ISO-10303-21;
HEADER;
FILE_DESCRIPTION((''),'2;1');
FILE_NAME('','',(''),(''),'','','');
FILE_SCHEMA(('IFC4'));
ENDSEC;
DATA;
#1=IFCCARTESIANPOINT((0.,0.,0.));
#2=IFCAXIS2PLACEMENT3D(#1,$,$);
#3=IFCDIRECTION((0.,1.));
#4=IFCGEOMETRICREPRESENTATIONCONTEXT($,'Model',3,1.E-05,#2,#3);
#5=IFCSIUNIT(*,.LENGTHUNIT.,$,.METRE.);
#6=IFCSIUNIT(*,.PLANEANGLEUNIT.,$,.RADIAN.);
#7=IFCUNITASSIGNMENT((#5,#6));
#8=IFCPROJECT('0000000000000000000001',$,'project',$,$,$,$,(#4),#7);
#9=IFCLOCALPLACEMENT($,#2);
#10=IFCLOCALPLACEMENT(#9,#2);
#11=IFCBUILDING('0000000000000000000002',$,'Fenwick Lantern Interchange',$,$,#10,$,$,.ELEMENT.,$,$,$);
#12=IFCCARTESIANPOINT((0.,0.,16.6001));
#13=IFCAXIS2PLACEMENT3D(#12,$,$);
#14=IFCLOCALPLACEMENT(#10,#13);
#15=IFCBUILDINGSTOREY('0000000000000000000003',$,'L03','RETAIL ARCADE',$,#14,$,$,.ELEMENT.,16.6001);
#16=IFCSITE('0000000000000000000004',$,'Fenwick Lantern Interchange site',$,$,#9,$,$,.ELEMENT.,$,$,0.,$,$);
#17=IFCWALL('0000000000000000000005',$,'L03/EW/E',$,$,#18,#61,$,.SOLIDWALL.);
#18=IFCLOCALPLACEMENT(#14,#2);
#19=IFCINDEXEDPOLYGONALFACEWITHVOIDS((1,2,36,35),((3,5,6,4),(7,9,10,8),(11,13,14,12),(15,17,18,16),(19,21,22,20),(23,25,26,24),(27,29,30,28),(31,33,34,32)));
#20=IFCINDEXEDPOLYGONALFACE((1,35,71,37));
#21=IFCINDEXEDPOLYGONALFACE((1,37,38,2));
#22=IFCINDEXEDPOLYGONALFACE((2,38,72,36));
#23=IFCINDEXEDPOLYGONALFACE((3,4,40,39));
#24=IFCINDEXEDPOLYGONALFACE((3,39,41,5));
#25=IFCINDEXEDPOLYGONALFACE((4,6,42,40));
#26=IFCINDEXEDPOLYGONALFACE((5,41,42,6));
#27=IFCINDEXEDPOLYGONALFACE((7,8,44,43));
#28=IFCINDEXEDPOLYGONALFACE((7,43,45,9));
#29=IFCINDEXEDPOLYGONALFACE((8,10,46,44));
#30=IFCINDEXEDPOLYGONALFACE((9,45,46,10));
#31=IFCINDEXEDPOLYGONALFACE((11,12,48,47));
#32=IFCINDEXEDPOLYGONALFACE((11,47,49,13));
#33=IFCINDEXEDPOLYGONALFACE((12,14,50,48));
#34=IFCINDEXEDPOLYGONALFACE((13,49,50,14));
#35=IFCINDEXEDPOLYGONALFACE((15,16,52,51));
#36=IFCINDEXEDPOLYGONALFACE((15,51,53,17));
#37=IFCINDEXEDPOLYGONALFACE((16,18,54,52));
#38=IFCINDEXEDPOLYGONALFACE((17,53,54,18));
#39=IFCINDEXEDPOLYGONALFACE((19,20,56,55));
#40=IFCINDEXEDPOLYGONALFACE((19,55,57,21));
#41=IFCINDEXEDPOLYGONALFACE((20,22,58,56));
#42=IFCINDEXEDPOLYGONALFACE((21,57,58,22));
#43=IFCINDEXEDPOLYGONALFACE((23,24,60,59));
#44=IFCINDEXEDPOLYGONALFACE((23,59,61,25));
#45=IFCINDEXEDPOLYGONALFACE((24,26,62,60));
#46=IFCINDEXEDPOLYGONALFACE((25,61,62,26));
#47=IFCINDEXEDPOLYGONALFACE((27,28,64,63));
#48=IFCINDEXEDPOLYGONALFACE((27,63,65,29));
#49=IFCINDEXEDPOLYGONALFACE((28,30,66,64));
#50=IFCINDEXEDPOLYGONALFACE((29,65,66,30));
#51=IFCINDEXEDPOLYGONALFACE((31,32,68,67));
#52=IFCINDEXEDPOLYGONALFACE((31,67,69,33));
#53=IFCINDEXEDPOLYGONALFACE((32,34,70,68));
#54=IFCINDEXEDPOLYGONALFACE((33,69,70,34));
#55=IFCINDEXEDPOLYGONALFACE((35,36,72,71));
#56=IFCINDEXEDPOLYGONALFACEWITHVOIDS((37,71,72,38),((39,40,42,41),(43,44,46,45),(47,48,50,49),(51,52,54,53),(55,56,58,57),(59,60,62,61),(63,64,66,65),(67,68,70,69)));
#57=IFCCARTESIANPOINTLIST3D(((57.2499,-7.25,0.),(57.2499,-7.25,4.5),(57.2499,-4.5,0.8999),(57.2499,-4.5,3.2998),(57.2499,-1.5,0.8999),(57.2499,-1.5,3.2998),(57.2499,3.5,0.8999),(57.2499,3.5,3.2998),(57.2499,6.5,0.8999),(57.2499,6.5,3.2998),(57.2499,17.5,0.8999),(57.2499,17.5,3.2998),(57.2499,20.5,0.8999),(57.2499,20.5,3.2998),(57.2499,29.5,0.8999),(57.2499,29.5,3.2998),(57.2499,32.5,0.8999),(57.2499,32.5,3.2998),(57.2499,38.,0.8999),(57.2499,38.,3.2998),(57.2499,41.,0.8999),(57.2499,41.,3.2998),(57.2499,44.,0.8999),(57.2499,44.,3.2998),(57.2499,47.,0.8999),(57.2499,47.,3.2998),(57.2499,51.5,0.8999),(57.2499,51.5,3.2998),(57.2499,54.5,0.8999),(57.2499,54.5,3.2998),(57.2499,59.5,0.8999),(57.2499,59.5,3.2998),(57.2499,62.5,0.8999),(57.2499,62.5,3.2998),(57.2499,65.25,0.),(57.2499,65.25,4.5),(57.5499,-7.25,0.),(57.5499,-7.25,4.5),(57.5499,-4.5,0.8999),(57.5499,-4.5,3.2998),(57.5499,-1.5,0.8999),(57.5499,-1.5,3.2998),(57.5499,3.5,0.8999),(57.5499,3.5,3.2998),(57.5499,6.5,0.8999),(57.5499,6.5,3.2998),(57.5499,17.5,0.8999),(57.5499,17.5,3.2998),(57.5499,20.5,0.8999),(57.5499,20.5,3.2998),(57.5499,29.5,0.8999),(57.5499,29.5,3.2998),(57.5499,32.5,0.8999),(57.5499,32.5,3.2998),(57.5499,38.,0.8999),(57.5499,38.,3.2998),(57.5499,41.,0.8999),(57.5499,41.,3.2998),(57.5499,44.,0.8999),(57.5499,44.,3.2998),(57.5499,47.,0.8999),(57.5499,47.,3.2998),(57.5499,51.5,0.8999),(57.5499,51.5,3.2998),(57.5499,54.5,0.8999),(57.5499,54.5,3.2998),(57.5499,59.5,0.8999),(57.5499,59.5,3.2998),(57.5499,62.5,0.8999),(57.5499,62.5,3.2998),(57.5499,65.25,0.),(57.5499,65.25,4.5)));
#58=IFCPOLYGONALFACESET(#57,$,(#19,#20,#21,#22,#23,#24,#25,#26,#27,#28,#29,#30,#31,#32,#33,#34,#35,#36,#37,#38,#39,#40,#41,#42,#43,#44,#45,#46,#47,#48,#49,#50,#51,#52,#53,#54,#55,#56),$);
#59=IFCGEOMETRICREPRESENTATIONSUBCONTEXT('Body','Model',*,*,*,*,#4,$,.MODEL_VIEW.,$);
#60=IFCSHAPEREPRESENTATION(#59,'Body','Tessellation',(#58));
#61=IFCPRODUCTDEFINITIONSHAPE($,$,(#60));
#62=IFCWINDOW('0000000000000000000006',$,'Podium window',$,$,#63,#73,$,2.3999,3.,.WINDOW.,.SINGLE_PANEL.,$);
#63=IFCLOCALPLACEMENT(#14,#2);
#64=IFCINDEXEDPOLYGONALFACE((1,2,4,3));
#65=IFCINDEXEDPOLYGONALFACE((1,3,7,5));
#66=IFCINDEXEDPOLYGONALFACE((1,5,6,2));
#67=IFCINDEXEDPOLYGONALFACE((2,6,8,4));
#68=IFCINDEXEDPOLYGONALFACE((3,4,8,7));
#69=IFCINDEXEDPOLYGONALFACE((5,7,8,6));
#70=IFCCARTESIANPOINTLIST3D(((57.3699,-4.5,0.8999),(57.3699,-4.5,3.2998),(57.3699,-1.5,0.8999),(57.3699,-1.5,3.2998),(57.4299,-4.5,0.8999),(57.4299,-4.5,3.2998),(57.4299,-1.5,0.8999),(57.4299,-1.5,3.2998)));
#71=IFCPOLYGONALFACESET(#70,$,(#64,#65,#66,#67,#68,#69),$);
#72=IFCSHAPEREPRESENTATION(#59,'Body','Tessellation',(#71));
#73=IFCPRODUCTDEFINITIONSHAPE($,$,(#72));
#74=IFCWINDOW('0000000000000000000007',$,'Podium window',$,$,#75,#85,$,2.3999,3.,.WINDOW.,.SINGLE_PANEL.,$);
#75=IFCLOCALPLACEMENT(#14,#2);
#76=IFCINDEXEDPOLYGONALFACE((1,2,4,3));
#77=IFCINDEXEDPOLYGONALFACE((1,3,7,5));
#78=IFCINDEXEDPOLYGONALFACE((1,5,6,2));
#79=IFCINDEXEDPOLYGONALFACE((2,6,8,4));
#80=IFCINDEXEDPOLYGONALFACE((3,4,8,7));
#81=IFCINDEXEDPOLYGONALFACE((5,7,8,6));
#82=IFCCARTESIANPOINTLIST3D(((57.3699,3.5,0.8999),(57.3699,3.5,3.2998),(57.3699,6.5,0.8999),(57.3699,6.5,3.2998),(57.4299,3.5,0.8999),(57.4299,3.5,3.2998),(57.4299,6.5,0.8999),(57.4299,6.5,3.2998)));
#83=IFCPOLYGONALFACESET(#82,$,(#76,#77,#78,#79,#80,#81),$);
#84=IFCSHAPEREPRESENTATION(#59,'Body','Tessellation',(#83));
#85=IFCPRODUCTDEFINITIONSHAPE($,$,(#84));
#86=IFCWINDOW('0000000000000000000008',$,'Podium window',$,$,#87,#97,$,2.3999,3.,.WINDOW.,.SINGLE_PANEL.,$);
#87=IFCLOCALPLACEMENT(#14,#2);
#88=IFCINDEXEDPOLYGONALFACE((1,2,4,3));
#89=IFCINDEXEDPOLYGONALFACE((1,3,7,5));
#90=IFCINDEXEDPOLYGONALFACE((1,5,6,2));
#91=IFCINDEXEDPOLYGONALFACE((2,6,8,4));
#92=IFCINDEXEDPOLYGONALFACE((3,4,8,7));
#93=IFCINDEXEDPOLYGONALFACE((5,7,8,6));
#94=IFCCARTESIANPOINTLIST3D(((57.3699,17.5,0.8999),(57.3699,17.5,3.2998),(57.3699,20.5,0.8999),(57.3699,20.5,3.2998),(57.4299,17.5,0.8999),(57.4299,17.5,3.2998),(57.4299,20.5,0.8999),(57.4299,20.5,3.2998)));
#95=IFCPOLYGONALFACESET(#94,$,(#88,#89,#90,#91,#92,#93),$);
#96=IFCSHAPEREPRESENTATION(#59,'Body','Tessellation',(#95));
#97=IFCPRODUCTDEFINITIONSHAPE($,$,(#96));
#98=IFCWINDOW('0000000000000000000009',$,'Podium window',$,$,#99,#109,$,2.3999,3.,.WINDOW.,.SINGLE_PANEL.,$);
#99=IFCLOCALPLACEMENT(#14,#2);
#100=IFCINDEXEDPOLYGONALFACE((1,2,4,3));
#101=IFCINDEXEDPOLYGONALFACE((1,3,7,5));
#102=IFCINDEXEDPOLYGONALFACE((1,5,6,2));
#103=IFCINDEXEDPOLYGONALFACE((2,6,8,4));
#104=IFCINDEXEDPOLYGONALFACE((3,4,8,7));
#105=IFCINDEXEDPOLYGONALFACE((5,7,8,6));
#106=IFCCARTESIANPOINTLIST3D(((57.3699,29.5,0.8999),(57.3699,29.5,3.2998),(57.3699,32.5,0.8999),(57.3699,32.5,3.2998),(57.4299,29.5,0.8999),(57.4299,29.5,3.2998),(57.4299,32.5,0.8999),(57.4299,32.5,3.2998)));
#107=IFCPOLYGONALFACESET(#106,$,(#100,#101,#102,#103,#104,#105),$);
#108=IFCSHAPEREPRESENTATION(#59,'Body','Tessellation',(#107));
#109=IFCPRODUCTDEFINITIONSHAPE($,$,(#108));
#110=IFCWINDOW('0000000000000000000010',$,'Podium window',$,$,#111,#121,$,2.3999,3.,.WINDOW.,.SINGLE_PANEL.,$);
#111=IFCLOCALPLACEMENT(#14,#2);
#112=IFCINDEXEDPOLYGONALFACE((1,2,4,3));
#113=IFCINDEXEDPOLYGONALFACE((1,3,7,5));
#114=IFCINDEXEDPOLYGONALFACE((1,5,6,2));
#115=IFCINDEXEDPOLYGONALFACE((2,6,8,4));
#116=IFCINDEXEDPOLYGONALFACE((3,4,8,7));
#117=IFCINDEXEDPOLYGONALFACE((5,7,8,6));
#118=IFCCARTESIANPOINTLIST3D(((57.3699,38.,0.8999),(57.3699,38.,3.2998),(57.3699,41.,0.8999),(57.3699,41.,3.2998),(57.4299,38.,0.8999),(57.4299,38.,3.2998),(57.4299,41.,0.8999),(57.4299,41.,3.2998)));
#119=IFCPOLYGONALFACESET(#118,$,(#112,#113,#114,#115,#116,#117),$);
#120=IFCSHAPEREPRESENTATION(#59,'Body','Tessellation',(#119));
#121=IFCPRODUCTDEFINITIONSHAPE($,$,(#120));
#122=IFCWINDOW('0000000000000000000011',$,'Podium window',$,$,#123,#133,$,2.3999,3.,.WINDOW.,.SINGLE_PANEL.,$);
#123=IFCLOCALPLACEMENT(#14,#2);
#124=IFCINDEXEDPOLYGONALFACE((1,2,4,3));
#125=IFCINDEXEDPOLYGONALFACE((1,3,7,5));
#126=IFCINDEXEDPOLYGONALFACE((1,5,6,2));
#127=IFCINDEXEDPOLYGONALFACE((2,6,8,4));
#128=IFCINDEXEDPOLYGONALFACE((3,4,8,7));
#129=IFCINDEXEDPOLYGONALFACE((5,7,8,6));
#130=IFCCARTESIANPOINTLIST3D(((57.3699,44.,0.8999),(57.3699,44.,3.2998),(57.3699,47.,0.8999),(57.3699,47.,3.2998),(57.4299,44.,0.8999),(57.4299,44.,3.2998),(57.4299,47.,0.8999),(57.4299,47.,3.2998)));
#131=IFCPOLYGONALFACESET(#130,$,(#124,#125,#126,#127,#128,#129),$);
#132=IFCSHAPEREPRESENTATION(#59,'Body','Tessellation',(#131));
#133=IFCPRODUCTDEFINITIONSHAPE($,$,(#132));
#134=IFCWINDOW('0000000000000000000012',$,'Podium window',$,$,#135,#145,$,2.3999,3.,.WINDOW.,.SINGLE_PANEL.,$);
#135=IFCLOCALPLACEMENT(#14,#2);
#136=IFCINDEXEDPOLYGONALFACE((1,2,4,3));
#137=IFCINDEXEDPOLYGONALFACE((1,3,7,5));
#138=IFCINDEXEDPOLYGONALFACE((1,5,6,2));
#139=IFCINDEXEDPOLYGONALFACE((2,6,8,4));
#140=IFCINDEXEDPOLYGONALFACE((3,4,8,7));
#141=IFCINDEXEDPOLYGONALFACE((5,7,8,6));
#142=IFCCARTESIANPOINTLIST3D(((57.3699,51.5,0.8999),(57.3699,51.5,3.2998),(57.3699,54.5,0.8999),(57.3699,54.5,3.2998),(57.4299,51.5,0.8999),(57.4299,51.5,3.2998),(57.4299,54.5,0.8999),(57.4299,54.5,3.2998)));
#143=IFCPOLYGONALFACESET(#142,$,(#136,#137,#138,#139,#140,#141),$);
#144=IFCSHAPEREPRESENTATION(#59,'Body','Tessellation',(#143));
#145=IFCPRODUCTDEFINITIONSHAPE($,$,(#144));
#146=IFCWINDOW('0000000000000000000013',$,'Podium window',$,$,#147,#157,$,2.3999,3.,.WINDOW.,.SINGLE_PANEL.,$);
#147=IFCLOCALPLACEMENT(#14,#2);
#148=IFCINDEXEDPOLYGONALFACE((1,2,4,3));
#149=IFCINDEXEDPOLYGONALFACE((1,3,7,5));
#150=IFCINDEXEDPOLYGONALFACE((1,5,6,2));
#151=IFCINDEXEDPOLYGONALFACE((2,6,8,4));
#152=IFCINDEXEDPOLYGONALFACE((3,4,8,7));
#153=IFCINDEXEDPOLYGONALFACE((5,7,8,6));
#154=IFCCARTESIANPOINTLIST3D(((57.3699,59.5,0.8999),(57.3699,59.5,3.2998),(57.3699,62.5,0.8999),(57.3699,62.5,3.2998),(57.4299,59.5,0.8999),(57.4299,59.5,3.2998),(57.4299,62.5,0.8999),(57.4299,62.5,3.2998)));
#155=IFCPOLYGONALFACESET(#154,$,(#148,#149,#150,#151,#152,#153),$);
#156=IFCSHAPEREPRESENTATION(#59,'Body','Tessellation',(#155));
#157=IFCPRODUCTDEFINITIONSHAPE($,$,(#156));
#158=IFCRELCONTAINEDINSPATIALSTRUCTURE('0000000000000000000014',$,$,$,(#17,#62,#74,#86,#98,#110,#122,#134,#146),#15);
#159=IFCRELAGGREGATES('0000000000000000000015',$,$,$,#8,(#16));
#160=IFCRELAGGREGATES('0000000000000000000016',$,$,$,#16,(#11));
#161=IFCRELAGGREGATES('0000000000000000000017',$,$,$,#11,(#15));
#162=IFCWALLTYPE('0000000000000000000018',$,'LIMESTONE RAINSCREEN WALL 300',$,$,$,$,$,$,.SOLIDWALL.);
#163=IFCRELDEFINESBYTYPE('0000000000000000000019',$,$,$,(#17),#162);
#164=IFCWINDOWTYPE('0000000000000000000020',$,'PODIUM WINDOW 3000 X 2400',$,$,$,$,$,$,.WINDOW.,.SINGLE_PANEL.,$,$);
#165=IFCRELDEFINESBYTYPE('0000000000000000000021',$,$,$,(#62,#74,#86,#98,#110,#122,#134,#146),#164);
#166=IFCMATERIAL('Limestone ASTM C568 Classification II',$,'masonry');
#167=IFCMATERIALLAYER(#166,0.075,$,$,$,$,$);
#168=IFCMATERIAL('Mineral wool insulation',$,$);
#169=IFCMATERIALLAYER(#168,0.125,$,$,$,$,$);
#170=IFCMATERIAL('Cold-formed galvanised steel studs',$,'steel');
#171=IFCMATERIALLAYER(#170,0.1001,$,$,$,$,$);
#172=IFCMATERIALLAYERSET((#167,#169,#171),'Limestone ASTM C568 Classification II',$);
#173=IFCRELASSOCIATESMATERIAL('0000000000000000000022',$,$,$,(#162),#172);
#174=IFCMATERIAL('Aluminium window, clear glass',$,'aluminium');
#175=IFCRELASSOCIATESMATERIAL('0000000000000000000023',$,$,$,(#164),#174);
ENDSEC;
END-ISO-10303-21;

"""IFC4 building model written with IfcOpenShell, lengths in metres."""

from ifc_helpers import new_model, si_unit, direction, frame, frame_2d, origin, place, context, subcontext, project, spatial, rectangle, extrude, material, layer, layer_set, type_object, element, fill, save


model = new_model("IFC4")

# Units and contexts
model_context = context("Model", 3, precision=1e-05, world=origin(), true_north=direction((0.0, 1.0)))
body_context = subcontext(model_context, "Body", "Model", "MODEL_VIEW")
ifc_project = project(units=[si_unit("LENGTHUNIT", "METRE"), si_unit("PLANEANGLEUNIT", "RADIAN")], contexts=[model_context])

# Site, building, storey
site_placement = place(None, origin())
site = spatial("IfcSite", under=ifc_project, at=site_placement, Name="Fenwick Lantern Interchange site", CompositionType="ELEMENT", RefElevation=0.0)
building_placement = place(site_placement, origin())
building = spatial("IfcBuilding", under=site, at=building_placement, Name="Fenwick Lantern Interchange", CompositionType="ELEMENT")
storey_placement = place(building_placement, frame((0.0, 0.0, 16.6001)))
storey = spatial("IfcBuildingStorey", under=building, at=storey_placement, Name="L03", Description="RETAIL ARCADE", CompositionType="ELEMENT", Elevation=16.6001)

# Wall, openings, windows
ifc_material_1 = material(Name="Limestone ASTM C568 Classification II", Category="masonry")
ifc_layer_1 = layer(ifc_material_1, 0.075)
ifc_material_2 = material(Name="Mineral wool insulation")
ifc_layer_2 = layer(ifc_material_2, 0.125)
ifc_material_3 = material(Name="Cold-formed galvanised steel studs", Category="steel")
ifc_layer_3 = layer(ifc_material_3, 0.1001)
ifc_layer_set_1 = layer_set([ifc_layer_1, ifc_layer_2, ifc_layer_3], Name="Limestone ASTM C568 Classification II")
wall_type_1 = type_object("IfcWallType", Name="LIMESTONE RAINSCREEN WALL 300", PredefinedType="SOLIDWALL", material=ifc_layer_set_1)
wall_1_placement = place(storey_placement, frame((57.3999, -7.25, 0.0), z_axis=(0.0, 0.0, 1.0), x_axis=(0.0, 1.0, 0.0)))
wall_1 = element("IfcWall", 1, at=wall_1_placement, inside=storey, type_object=wall_type_1, Name="L03/EW/E", PredefinedType="SOLIDWALL", context=body_context, shape_type="SweptSolid", body=[
    extrude(rectangle(XDim=72.5, YDim=0.3, at=frame_2d((36.25, 0.0))), origin(), (0.0, 0.0, 1.0), 4.5),
])
opening_1_placement = place(wall_1_placement, frame((2.75, 0.0, 0.8999)))
opening_1 = element("IfcOpeningElement", 2, at=opening_1_placement, cuts=wall_1, PredefinedType="OPENING", context=body_context, shape_type="SweptSolid", body=[
    extrude(rectangle(XDim=3.0, YDim=2.3999, at=frame_2d((1.5, 1.2))), frame((0.0, 0.1599, 0.0), z_axis=(0.0, -1.0, 0.0), x_axis=(1.0, 0.0, 0.0)), (0.0, 0.0, 1.0), 0.3201),
])
opening_2_placement = place(wall_1_placement, frame((10.75, 0.0, 0.8999)))
opening_2 = element("IfcOpeningElement", 3, at=opening_2_placement, cuts=wall_1, PredefinedType="OPENING", context=body_context, shape_type="SweptSolid", body=[
    extrude(rectangle(XDim=3.0, YDim=2.3999, at=frame_2d((1.5, 1.2))), frame((0.0, 0.1599, 0.0), z_axis=(0.0, -1.0, 0.0), x_axis=(1.0, 0.0, 0.0)), (0.0, 0.0, 1.0), 0.3201),
])
opening_3_placement = place(wall_1_placement, frame((24.75, 0.0, 0.8999)))
opening_3 = element("IfcOpeningElement", 4, at=opening_3_placement, cuts=wall_1, PredefinedType="OPENING", context=body_context, shape_type="SweptSolid", body=[
    extrude(rectangle(XDim=3.0, YDim=2.3999, at=frame_2d((1.5, 1.2))), frame((0.0, 0.1599, 0.0), z_axis=(0.0, -1.0, 0.0), x_axis=(1.0, 0.0, 0.0)), (0.0, 0.0, 1.0), 0.3201),
])
opening_4_placement = place(wall_1_placement, frame((36.75, 0.0, 0.8999)))
opening_4 = element("IfcOpeningElement", 5, at=opening_4_placement, cuts=wall_1, PredefinedType="OPENING", context=body_context, shape_type="SweptSolid", body=[
    extrude(rectangle(XDim=3.0, YDim=2.3999, at=frame_2d((1.5, 1.2))), frame((0.0, 0.1599, 0.0), z_axis=(0.0, -1.0, 0.0), x_axis=(1.0, 0.0, 0.0)), (0.0, 0.0, 1.0), 0.3201),
])
opening_5_placement = place(wall_1_placement, frame((45.25, 0.0, 0.8999)))
opening_5 = element("IfcOpeningElement", 6, at=opening_5_placement, cuts=wall_1, PredefinedType="OPENING", context=body_context, shape_type="SweptSolid", body=[
    extrude(rectangle(XDim=3.0, YDim=2.3999, at=frame_2d((1.5, 1.2))), frame((0.0, 0.1599, 0.0), z_axis=(0.0, -1.0, 0.0), x_axis=(1.0, 0.0, 0.0)), (0.0, 0.0, 1.0), 0.3201),
])
opening_6_placement = place(wall_1_placement, frame((51.25, 0.0, 0.8999)))
opening_6 = element("IfcOpeningElement", 7, at=opening_6_placement, cuts=wall_1, PredefinedType="OPENING", context=body_context, shape_type="SweptSolid", body=[
    extrude(rectangle(XDim=3.0, YDim=2.3999, at=frame_2d((1.5, 1.2))), frame((0.0, 0.1599, 0.0), z_axis=(0.0, -1.0, 0.0), x_axis=(1.0, 0.0, 0.0)), (0.0, 0.0, 1.0), 0.3201),
])
opening_7_placement = place(wall_1_placement, frame((58.75, 0.0, 0.8999)))
opening_7 = element("IfcOpeningElement", 8, at=opening_7_placement, cuts=wall_1, PredefinedType="OPENING", context=body_context, shape_type="SweptSolid", body=[
    extrude(rectangle(XDim=3.0, YDim=2.3999, at=frame_2d((1.5, 1.2))), frame((0.0, 0.1599, 0.0), z_axis=(0.0, -1.0, 0.0), x_axis=(1.0, 0.0, 0.0)), (0.0, 0.0, 1.0), 0.3201),
])
opening_8_placement = place(wall_1_placement, frame((66.75, 0.0, 0.8999)))
opening_8 = element("IfcOpeningElement", 9, at=opening_8_placement, cuts=wall_1, PredefinedType="OPENING", context=body_context, shape_type="SweptSolid", body=[
    extrude(rectangle(XDim=3.0, YDim=2.3999, at=frame_2d((1.5, 1.2))), frame((0.0, 0.1599, 0.0), z_axis=(0.0, -1.0, 0.0), x_axis=(1.0, 0.0, 0.0)), (0.0, 0.0, 1.0), 0.3201),
])
ifc_material_4 = material(Name="Aluminium window, clear glass", Category="aluminium")
window_type = type_object("IfcWindowType", Name="PODIUM WINDOW 3000 X 2400", PartitioningType="SINGLE_PANEL", PredefinedType="WINDOW", material=ifc_material_4)
window_1_placement = place(opening_1_placement, origin())
window_1 = element("IfcWindow", 10, at=window_1_placement, inside=storey, type_object=window_type, Name="Podium window", OverallHeight=2.3999, OverallWidth=3.0, PartitioningType="SINGLE_PANEL", PredefinedType="WINDOW", context=body_context, shape_type="SweptSolid", body=[
    extrude(rectangle(XDim=3.0, YDim=2.3999, at=frame_2d((1.5, 1.2))), frame((0.0, 0.03, 0.0), z_axis=(0.0, -1.0, 0.0), x_axis=(1.0, 0.0, 0.0)), (0.0, 0.0, 1.0), 0.0601),
])
fill(opening_1, window_1)
window_2_placement = place(opening_2_placement, origin())
window_2 = element("IfcWindow", 11, at=window_2_placement, inside=storey, type_object=window_type, Name="Podium window", OverallHeight=2.3999, OverallWidth=3.0, PartitioningType="SINGLE_PANEL", PredefinedType="WINDOW", context=body_context, shape_type="SweptSolid", body=[
    extrude(rectangle(XDim=3.0, YDim=2.3999, at=frame_2d((1.5, 1.2))), frame((0.0, 0.03, 0.0), z_axis=(0.0, -1.0, 0.0), x_axis=(1.0, 0.0, 0.0)), (0.0, 0.0, 1.0), 0.0601),
])
fill(opening_2, window_2)
window_3_placement = place(opening_3_placement, origin())
window_3 = element("IfcWindow", 12, at=window_3_placement, inside=storey, type_object=window_type, Name="Podium window", OverallHeight=2.3999, OverallWidth=3.0, PartitioningType="SINGLE_PANEL", PredefinedType="WINDOW", context=body_context, shape_type="SweptSolid", body=[
    extrude(rectangle(XDim=3.0, YDim=2.3999, at=frame_2d((1.5, 1.2))), frame((0.0, 0.03, 0.0), z_axis=(0.0, -1.0, 0.0), x_axis=(1.0, 0.0, 0.0)), (0.0, 0.0, 1.0), 0.0601),
])
fill(opening_3, window_3)
window_4_placement = place(opening_4_placement, origin())
window_4 = element("IfcWindow", 13, at=window_4_placement, inside=storey, type_object=window_type, Name="Podium window", OverallHeight=2.3999, OverallWidth=3.0, PartitioningType="SINGLE_PANEL", PredefinedType="WINDOW", context=body_context, shape_type="SweptSolid", body=[
    extrude(rectangle(XDim=3.0, YDim=2.3999, at=frame_2d((1.5, 1.2))), frame((0.0, 0.03, 0.0), z_axis=(0.0, -1.0, 0.0), x_axis=(1.0, 0.0, 0.0)), (0.0, 0.0, 1.0), 0.0601),
])
fill(opening_4, window_4)
window_5_placement = place(opening_5_placement, origin())
window_5 = element("IfcWindow", 14, at=window_5_placement, inside=storey, type_object=window_type, Name="Podium window", OverallHeight=2.3999, OverallWidth=3.0, PartitioningType="SINGLE_PANEL", PredefinedType="WINDOW", context=body_context, shape_type="SweptSolid", body=[
    extrude(rectangle(XDim=3.0, YDim=2.3999, at=frame_2d((1.5, 1.2))), frame((0.0, 0.03, 0.0), z_axis=(0.0, -1.0, 0.0), x_axis=(1.0, 0.0, 0.0)), (0.0, 0.0, 1.0), 0.0601),
])
fill(opening_5, window_5)
window_6_placement = place(opening_6_placement, origin())
window_6 = element("IfcWindow", 15, at=window_6_placement, inside=storey, type_object=window_type, Name="Podium window", OverallHeight=2.3999, OverallWidth=3.0, PartitioningType="SINGLE_PANEL", PredefinedType="WINDOW", context=body_context, shape_type="SweptSolid", body=[
    extrude(rectangle(XDim=3.0, YDim=2.3999, at=frame_2d((1.5, 1.2))), frame((0.0, 0.03, 0.0), z_axis=(0.0, -1.0, 0.0), x_axis=(1.0, 0.0, 0.0)), (0.0, 0.0, 1.0), 0.0601),
])
fill(opening_6, window_6)
window_7_placement = place(opening_7_placement, origin())
window_7 = element("IfcWindow", 16, at=window_7_placement, inside=storey, type_object=window_type, Name="Podium window", OverallHeight=2.3999, OverallWidth=3.0, PartitioningType="SINGLE_PANEL", PredefinedType="WINDOW", context=body_context, shape_type="SweptSolid", body=[
    extrude(rectangle(XDim=3.0, YDim=2.3999, at=frame_2d((1.5, 1.2))), frame((0.0, 0.03, 0.0), z_axis=(0.0, -1.0, 0.0), x_axis=(1.0, 0.0, 0.0)), (0.0, 0.0, 1.0), 0.0601),
])
fill(opening_7, window_7)
window_8_placement = place(opening_8_placement, origin())
window_8 = element("IfcWindow", 17, at=window_8_placement, inside=storey, type_object=window_type, Name="Podium window", OverallHeight=2.3999, OverallWidth=3.0, PartitioningType="SINGLE_PANEL", PredefinedType="WINDOW", context=body_context, shape_type="SweptSolid", body=[
    extrude(rectangle(XDim=3.0, YDim=2.3999, at=frame_2d((1.5, 1.2))), frame((0.0, 0.03, 0.0), z_axis=(0.0, -1.0, 0.0), x_axis=(1.0, 0.0, 0.0)), (0.0, 0.0, 1.0), 0.0601),
])
fill(opening_8, window_8)

save(model, "model.ifc")
